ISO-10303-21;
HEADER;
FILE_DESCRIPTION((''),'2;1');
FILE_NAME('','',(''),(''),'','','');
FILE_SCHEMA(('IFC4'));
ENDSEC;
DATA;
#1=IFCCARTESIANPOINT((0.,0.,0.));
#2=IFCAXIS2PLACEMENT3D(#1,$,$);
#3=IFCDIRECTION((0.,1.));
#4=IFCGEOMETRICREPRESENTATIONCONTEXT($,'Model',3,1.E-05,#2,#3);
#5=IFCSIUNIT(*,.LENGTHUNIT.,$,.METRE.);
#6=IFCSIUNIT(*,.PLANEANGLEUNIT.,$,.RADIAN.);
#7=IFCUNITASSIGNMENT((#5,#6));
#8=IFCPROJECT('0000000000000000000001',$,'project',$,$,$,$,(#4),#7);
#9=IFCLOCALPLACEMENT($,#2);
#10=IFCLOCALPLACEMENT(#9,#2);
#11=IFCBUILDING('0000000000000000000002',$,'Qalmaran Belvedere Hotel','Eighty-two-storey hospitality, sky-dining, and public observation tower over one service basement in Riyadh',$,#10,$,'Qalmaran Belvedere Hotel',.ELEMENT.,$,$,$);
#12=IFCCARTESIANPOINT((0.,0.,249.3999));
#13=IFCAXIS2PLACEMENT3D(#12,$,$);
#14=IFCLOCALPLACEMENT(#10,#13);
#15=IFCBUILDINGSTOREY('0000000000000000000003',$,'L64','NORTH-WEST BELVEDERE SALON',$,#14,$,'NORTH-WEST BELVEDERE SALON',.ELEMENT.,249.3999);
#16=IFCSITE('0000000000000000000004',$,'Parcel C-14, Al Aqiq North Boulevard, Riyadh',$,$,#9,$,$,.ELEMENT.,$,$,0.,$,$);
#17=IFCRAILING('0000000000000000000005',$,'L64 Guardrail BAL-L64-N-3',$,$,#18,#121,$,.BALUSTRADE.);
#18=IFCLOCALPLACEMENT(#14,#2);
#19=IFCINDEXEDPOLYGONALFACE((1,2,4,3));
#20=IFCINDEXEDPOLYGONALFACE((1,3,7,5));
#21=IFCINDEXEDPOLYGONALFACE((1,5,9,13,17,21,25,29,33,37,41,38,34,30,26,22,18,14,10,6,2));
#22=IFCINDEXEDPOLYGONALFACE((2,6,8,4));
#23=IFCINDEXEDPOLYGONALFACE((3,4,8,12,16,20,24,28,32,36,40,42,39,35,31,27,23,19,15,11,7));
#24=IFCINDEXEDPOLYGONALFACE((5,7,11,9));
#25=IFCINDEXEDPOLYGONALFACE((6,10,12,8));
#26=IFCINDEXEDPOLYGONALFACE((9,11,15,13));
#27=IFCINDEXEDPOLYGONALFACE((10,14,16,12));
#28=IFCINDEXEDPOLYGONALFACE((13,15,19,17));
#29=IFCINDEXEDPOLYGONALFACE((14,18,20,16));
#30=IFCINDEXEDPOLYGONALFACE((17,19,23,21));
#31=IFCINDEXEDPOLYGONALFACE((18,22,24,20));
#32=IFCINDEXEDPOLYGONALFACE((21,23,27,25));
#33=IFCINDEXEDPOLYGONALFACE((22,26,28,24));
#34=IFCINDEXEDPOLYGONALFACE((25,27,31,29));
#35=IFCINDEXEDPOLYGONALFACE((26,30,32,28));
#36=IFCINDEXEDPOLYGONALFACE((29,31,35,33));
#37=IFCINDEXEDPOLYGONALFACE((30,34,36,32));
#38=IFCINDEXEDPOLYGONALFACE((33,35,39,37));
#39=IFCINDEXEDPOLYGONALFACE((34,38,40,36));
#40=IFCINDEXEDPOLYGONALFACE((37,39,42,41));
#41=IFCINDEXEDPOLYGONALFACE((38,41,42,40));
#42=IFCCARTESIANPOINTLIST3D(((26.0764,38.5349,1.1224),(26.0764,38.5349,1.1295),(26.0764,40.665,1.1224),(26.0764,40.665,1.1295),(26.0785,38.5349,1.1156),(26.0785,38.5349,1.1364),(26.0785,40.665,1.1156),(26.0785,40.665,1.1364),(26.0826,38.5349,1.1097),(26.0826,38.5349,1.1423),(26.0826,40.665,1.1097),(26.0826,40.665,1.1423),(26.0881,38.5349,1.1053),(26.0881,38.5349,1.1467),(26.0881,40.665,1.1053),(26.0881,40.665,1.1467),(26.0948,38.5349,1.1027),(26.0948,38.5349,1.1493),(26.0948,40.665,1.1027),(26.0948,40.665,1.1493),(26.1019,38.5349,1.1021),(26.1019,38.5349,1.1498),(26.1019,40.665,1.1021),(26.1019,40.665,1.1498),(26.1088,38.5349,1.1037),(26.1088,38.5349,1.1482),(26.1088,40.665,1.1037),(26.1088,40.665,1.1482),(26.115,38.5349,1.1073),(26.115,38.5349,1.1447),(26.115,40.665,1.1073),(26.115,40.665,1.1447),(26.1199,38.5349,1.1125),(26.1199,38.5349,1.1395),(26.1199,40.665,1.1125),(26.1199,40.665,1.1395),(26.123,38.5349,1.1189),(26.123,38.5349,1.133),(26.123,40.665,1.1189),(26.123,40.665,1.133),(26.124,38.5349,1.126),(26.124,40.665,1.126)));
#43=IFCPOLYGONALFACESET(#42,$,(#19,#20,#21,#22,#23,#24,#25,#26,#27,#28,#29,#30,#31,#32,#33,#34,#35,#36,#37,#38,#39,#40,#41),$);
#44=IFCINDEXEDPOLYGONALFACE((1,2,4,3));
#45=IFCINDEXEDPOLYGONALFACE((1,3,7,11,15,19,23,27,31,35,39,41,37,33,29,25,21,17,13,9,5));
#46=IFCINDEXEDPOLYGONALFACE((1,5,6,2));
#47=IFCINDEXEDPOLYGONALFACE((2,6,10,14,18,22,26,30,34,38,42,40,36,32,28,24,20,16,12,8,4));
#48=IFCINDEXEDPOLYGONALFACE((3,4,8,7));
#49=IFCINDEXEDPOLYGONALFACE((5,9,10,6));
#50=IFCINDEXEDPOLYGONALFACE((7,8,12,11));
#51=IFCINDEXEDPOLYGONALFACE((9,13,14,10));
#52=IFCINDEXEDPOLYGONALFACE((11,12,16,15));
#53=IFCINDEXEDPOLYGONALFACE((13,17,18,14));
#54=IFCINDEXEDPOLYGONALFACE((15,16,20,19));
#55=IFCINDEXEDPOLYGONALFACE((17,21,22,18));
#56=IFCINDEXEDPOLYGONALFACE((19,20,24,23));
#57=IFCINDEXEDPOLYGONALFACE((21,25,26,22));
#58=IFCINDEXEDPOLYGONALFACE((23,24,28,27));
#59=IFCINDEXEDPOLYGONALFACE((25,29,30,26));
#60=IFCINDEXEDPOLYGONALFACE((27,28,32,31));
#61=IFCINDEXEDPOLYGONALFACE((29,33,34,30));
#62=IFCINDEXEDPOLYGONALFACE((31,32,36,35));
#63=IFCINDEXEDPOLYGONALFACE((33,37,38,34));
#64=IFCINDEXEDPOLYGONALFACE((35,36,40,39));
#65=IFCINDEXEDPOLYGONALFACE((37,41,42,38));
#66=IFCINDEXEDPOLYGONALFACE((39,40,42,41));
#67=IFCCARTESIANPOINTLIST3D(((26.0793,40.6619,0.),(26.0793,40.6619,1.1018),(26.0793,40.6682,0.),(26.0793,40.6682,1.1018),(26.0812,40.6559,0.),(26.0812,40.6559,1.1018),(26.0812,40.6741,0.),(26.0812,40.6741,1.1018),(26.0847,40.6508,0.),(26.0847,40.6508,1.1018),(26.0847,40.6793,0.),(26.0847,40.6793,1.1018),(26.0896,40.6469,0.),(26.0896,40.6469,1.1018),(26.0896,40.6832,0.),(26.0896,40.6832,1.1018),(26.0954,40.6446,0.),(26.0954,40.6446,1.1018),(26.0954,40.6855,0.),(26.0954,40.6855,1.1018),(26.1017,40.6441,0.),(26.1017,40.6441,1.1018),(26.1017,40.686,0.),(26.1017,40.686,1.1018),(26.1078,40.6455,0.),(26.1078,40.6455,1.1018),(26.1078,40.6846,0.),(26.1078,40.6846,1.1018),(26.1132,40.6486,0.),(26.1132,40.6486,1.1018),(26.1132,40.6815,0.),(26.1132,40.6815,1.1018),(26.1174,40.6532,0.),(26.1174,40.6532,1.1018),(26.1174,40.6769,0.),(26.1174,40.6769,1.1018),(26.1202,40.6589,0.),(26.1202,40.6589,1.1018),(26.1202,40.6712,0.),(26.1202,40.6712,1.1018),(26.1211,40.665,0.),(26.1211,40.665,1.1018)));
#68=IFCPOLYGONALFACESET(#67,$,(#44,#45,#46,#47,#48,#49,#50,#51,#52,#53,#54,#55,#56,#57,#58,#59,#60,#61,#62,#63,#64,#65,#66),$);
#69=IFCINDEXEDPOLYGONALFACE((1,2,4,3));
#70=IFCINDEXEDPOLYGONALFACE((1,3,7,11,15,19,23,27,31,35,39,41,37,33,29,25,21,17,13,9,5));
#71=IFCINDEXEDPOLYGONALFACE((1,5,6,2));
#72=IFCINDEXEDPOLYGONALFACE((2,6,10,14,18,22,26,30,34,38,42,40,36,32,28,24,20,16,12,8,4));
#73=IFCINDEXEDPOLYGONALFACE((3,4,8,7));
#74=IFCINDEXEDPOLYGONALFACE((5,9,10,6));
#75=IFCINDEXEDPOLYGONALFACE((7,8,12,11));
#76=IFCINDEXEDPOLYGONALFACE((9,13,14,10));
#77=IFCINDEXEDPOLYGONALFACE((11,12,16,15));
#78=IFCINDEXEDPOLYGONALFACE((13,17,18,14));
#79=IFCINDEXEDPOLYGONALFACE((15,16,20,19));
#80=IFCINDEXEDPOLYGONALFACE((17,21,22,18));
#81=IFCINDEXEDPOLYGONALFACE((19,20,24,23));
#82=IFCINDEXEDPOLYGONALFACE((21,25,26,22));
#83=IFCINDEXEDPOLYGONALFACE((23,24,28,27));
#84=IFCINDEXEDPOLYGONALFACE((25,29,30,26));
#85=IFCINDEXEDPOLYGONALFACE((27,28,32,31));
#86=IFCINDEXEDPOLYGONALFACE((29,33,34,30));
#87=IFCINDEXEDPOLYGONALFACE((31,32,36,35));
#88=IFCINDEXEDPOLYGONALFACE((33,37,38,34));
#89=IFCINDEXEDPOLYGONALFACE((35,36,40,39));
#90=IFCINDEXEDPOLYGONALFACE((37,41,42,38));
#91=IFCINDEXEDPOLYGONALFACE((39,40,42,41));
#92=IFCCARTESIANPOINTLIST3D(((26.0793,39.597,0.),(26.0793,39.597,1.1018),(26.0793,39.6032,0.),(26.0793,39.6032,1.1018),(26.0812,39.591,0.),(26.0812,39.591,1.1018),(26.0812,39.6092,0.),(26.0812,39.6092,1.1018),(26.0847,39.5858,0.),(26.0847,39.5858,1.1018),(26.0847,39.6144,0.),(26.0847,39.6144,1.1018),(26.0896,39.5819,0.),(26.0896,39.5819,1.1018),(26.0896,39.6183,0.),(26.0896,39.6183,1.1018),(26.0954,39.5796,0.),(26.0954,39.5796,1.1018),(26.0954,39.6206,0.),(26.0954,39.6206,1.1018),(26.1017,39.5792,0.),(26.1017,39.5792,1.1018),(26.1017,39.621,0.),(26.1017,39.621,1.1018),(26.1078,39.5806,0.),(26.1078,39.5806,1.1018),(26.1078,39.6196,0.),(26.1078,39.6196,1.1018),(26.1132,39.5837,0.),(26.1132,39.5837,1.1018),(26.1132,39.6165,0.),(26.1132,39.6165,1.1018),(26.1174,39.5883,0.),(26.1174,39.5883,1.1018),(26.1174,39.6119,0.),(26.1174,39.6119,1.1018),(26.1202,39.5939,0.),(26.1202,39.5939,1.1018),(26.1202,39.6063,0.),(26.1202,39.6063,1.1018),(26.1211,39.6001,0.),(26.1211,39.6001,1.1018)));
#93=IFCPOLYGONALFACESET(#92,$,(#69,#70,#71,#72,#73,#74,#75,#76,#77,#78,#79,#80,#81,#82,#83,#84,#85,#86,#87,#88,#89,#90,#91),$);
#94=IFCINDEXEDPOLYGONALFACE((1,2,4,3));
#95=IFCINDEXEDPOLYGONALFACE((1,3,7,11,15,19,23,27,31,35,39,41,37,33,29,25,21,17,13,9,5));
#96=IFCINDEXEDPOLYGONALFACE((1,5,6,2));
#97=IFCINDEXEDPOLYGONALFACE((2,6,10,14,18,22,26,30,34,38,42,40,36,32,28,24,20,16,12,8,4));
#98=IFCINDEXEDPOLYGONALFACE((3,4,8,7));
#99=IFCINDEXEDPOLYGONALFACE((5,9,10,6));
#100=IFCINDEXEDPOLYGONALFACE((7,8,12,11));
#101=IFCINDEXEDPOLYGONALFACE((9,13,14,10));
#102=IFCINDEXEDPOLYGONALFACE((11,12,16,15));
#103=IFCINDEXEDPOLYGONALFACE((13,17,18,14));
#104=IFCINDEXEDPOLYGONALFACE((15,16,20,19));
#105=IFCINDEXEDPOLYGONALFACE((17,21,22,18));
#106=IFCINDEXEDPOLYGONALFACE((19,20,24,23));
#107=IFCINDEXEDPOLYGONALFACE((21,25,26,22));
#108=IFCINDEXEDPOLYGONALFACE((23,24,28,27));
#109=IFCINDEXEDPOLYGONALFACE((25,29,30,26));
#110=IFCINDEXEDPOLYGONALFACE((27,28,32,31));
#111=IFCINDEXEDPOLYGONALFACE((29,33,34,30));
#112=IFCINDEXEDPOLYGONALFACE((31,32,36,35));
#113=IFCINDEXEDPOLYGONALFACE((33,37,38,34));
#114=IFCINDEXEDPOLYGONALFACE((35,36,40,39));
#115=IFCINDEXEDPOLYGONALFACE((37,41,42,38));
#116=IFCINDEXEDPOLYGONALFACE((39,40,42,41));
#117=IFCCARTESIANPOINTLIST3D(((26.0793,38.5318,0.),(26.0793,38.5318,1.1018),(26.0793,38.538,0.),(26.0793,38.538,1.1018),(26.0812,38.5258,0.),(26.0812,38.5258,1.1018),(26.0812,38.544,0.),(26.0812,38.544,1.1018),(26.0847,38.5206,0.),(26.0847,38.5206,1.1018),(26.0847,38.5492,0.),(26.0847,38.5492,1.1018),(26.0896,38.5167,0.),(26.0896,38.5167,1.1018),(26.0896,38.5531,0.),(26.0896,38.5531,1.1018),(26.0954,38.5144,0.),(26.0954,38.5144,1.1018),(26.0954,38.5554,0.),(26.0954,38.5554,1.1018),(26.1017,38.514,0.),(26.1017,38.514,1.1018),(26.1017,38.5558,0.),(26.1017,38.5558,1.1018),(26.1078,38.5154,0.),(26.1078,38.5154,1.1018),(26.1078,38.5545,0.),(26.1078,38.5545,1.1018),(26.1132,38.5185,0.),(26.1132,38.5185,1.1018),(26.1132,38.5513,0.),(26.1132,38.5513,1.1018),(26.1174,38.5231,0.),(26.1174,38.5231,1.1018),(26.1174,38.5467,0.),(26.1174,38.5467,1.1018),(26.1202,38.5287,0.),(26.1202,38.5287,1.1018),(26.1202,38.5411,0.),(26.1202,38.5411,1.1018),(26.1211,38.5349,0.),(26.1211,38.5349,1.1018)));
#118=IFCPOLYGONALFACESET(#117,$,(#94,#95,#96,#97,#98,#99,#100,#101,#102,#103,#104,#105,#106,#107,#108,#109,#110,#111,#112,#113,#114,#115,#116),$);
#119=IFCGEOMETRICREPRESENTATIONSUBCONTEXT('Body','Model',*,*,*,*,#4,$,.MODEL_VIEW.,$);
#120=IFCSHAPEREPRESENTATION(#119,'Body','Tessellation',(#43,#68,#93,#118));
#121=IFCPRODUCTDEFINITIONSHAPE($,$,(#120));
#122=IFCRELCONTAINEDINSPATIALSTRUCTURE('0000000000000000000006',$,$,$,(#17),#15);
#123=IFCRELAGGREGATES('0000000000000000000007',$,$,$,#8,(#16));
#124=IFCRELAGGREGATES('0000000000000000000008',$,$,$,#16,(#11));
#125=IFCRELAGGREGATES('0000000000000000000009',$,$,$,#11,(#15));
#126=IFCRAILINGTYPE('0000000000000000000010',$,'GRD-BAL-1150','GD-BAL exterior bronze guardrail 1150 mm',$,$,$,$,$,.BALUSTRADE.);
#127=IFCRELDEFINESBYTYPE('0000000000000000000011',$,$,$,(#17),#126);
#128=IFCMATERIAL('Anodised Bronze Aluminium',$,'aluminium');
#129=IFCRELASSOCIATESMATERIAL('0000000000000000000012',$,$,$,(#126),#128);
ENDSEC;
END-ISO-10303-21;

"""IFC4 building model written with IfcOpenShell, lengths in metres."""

from ifc_helpers import new_model, si_unit, direction, frame, origin, origin_2d, place, context, subcontext, project, spatial, circle, extrude, material, type_object, element, save


model = new_model("IFC4")

# Units and contexts
model_context = context("Model", 3, precision=1e-05, world=origin(), true_north=direction((0.0, 1.0)))
body_context = subcontext(model_context, "Body", "Model", "MODEL_VIEW")
ifc_project = project(units=[si_unit("LENGTHUNIT", "METRE"), si_unit("PLANEANGLEUNIT", "RADIAN")], contexts=[model_context])

# Site, building, storey
site_placement = place(None, origin())
site = spatial("IfcSite", under=ifc_project, at=site_placement, Name="Parcel C-14, Al Aqiq North Boulevard, Riyadh", CompositionType="ELEMENT", RefElevation=0.0)
building_placement = place(site_placement, origin())
building = spatial("IfcBuilding", under=site, at=building_placement, Name="Qalmaran Belvedere Hotel", Description="Eighty-two-storey hospitality, sky-dining, and public observation tower over one service basement in Riyadh", LongName="Qalmaran Belvedere Hotel", CompositionType="ELEMENT")
storey_placement = place(building_placement, frame((0.0, 0.0, 249.3999)))
storey = spatial("IfcBuildingStorey", under=building, at=storey_placement, Name="L64", Description="NORTH-WEST BELVEDERE SALON", LongName="NORTH-WEST BELVEDERE SALON", CompositionType="ELEMENT", Elevation=249.3999)

# Shared definitions
ifc_material_1 = material(Name="Anodised Bronze Aluminium", Category="aluminium")

# Railing
railing_type = type_object("IfcRailingType", Name="GRD-BAL-1150", Description="GD-BAL exterior bronze guardrail 1150 mm", PredefinedType="BALUSTRADE", material=ifc_material_1)
railing_placement = place(storey_placement, frame((26.1001, 40.665, 0.0)))
element("IfcRailing", 1, at=railing_placement, inside=storey, type_object=railing_type, Name="L64 Guardrail BAL-L64-N-3", PredefinedType="BALUSTRADE", context=body_context, shape_type="SweptSolid", body=[
    extrude(circle(Radius=0.0239, at=origin_2d()), frame((0.0, 0.0, 1.126), z_axis=(0.0, -1.0, 0.0), x_axis=(1.0, 0.0, 0.0)), (0.0, 0.0, 1.0), 2.1301),
    extrude(circle(Radius=0.021, at=origin_2d()), origin(), (0.0, 0.0, 1.0), 1.1018),
    extrude(circle(Radius=0.021, at=origin_2d()), frame((0.0, -1.0649, 0.0)), (0.0, 0.0, 1.0), 1.1018),
    extrude(circle(Radius=0.021, at=origin_2d()), frame((0.0, -2.1301, 0.0)), (0.0, 0.0, 1.0), 1.1018),
])

save(model, "model.ifc")
